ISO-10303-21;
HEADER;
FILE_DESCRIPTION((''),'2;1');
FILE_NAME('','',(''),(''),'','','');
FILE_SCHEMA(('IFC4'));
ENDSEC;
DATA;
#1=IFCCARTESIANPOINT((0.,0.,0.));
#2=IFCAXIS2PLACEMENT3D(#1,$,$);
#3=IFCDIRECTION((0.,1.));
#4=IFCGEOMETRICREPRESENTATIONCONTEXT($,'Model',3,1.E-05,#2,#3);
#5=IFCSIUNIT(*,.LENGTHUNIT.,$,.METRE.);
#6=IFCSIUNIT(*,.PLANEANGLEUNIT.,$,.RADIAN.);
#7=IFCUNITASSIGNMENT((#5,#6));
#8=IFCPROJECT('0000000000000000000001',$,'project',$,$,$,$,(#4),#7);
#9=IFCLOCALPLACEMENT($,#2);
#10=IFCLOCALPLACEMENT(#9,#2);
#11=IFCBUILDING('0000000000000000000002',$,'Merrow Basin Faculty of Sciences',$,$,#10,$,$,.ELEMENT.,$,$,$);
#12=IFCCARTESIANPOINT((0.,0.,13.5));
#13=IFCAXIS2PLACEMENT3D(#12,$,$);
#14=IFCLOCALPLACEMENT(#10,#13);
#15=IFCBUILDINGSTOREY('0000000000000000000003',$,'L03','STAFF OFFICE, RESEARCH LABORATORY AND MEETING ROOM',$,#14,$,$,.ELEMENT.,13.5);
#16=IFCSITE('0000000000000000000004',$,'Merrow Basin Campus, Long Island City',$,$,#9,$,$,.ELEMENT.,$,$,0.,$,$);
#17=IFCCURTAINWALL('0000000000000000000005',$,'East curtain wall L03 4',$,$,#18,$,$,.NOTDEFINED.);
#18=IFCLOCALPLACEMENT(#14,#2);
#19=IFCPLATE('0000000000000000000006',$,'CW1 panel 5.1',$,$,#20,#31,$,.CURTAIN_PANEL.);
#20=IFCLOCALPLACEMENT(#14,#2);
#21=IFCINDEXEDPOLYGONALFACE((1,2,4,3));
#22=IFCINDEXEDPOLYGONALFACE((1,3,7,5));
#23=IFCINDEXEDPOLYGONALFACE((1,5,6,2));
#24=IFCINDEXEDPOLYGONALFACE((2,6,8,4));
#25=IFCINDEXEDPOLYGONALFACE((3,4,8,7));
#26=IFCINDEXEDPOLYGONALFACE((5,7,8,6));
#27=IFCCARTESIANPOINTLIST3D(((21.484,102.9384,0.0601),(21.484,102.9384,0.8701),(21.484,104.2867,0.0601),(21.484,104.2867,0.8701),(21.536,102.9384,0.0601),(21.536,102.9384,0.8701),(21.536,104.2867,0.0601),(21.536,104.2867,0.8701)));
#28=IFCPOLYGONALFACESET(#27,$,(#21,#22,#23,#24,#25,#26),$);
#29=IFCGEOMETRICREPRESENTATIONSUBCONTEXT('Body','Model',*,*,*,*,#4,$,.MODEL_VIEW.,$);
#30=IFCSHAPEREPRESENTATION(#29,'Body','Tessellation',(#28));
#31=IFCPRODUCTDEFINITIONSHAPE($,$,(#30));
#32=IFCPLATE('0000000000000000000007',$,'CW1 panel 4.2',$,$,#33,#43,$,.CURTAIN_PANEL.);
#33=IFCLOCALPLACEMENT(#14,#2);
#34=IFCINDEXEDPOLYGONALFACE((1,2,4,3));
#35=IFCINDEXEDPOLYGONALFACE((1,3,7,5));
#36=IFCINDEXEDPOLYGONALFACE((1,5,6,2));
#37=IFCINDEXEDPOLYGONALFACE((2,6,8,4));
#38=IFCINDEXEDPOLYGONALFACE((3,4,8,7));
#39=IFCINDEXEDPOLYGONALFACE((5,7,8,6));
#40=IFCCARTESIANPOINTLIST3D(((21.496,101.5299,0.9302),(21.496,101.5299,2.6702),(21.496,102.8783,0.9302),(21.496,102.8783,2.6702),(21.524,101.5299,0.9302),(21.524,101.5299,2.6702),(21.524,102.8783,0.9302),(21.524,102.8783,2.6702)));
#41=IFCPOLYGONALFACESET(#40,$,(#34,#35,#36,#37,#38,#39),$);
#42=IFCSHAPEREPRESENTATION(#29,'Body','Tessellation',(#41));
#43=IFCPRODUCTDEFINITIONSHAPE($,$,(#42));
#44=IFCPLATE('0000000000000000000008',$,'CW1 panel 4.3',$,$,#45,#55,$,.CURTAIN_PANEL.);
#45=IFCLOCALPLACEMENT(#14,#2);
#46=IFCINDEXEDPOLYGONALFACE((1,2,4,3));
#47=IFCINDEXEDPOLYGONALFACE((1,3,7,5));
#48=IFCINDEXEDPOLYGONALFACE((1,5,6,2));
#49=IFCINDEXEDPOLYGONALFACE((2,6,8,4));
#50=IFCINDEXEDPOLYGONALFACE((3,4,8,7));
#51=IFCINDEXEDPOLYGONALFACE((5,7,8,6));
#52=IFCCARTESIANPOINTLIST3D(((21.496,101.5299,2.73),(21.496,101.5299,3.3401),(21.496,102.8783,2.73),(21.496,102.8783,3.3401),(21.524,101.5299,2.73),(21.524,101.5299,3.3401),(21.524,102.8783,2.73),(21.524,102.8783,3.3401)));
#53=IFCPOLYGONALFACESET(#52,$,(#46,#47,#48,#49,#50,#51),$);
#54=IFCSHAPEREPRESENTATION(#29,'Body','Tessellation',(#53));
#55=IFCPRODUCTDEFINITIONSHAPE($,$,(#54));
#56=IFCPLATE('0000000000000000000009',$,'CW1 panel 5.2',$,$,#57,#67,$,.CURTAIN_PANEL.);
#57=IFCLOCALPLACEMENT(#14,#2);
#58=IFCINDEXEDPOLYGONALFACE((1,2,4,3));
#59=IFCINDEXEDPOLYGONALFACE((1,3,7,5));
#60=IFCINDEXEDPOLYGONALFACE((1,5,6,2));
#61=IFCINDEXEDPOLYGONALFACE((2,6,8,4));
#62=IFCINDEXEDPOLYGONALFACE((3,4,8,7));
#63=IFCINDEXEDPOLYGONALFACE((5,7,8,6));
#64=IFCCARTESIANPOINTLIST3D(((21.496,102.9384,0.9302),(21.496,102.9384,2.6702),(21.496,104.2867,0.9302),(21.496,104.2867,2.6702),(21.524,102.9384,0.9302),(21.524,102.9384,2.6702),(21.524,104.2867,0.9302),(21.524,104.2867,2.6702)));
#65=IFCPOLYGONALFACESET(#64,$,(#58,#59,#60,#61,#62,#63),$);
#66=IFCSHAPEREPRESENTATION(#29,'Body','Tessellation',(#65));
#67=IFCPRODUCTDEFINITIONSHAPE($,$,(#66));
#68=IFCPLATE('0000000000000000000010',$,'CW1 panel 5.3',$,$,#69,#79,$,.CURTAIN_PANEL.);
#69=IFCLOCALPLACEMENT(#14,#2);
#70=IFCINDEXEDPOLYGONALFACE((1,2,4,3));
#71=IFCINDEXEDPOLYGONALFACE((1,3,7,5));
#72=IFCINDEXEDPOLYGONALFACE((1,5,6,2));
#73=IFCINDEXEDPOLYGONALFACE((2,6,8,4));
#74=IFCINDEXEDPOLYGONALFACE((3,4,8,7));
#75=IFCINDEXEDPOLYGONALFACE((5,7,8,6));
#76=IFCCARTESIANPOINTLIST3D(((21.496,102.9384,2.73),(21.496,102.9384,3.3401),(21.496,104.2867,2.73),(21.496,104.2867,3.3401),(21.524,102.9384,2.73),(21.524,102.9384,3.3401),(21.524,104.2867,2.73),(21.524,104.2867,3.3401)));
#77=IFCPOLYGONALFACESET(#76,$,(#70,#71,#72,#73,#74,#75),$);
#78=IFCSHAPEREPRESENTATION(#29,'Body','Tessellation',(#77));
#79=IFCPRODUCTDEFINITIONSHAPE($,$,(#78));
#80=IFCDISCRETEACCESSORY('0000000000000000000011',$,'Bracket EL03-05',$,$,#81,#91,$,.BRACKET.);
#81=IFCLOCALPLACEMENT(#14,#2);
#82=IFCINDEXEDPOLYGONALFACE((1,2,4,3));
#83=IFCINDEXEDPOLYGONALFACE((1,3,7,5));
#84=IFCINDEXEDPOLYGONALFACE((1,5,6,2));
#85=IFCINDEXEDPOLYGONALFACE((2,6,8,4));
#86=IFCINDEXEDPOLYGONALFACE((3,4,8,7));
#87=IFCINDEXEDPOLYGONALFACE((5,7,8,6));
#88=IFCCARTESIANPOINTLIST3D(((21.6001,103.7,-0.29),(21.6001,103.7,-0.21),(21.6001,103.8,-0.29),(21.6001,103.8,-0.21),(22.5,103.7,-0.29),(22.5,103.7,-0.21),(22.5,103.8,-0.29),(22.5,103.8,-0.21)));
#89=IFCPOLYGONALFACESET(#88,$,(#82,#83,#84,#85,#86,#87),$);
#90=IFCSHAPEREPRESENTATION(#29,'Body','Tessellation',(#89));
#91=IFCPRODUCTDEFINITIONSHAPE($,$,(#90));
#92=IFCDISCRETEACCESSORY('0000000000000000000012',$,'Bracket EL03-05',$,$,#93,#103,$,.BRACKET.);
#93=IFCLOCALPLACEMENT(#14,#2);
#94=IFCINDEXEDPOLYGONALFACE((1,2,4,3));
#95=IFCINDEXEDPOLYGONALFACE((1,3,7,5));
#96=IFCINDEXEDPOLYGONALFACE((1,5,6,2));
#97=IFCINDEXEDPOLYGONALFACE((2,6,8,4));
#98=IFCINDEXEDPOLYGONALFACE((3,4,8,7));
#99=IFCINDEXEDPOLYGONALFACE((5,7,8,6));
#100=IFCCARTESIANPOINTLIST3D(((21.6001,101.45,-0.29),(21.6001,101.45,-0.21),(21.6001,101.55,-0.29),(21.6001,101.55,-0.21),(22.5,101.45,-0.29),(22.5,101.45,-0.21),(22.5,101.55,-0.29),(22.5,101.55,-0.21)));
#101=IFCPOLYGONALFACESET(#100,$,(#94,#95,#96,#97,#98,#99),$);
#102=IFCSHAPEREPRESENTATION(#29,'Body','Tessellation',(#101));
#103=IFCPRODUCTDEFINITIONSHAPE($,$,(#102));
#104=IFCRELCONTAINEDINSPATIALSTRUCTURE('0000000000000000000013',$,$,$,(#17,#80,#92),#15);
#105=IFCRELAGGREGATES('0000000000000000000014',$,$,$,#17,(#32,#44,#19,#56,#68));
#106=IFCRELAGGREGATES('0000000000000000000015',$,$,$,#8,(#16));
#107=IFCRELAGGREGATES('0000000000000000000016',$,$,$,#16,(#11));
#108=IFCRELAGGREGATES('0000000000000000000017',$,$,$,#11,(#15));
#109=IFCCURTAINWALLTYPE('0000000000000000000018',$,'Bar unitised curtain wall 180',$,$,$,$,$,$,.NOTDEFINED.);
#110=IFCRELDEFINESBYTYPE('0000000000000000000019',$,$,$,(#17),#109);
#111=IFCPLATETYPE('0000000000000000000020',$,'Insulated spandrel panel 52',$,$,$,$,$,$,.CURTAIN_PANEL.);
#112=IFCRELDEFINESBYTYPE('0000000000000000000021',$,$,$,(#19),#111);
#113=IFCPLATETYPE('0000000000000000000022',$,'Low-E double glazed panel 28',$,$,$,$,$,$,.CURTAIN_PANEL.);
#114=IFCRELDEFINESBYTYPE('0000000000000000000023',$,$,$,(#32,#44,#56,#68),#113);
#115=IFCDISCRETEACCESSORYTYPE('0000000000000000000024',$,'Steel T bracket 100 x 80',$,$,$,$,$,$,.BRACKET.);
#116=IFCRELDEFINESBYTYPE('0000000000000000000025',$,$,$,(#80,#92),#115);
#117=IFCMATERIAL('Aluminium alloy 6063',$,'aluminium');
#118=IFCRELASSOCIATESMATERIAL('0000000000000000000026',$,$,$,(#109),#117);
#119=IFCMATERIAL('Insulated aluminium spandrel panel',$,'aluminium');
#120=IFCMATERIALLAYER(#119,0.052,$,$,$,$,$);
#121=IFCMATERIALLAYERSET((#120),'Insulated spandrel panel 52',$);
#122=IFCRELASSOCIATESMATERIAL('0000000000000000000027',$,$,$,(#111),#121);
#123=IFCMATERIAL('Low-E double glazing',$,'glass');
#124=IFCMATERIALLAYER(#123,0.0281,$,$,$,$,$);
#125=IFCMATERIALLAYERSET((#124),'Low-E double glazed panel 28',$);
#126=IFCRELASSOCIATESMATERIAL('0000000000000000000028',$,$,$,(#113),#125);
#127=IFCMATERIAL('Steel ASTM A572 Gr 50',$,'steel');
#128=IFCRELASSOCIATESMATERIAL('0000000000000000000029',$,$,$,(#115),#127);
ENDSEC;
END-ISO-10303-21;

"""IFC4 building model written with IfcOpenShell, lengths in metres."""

from ifc_helpers import new_model, si_unit, direction, frame, origin, origin_2d, place, context, subcontext, project, spatial, polyline, rectangle, outline, extrude, source, transform, mapped, material, layer, layer_set, type_object, element, aggregate, save


model = new_model("IFC4")

# Units and contexts
model_context = context("Model", 3, precision=1e-05, world=origin(), true_north=direction((0.0, 1.0)))
body_context = subcontext(model_context, "Body", "Model", "MODEL_VIEW")
ifc_project = project(units=[si_unit("LENGTHUNIT", "METRE"), si_unit("PLANEANGLEUNIT", "RADIAN")], contexts=[model_context])

# Site, building, storey
site_placement = place(None, origin())
site = spatial("IfcSite", under=ifc_project, at=site_placement, Name="Merrow Basin Campus, Long Island City", CompositionType="ELEMENT", RefElevation=0.0)
building_placement = place(site_placement, origin())
building = spatial("IfcBuilding", under=site, at=building_placement, Name="Merrow Basin Faculty of Sciences", CompositionType="ELEMENT")
storey_placement = place(building_placement, frame((0.0, 0.0, 13.5)))
storey = spatial("IfcBuildingStorey", under=building, at=storey_placement, Name="L03", Description="STAFF OFFICE, RESEARCH LABORATORY AND MEETING ROOM", CompositionType="ELEMENT", Elevation=13.5)

# Curtain wall, plates
ifc_material_1 = material(Name="Aluminium alloy 6063", Category="aluminium")
curtain_wall_type = type_object("IfcCurtainWallType", Name="Bar unitised curtain wall 180", PredefinedType="NOTDEFINED", material=ifc_material_1)
curtain_wall_placement = place(storey_placement, origin())
curtain_wall = element("IfcCurtainWall", 1, at=curtain_wall_placement, inside=storey, type_object=curtain_wall_type, Name="East curtain wall L03 4", PredefinedType="NOTDEFINED")
ifc_material_2 = material(Name="Insulated aluminium spandrel panel", Category="aluminium")
ifc_layer_1 = layer(ifc_material_2, 0.052)
ifc_layer_set_1 = layer_set([ifc_layer_1], Name="Insulated spandrel panel 52")
plate_type_1 = type_object("IfcPlateType", Name="Insulated spandrel panel 52", PredefinedType="CURTAIN_PANEL", material=ifc_layer_set_1)
plate_1_placement = place(storey_placement, frame((21.51, 103.6125, 0.0601), z_axis=(0.0, 0.0, 1.0), x_axis=(0.0, 1.0, 0.0)))
plate_1 = element("IfcPlate", 2, at=plate_1_placement, type_object=plate_type_1, Name="CW1 panel 5.1", PredefinedType="CURTAIN_PANEL", context=body_context, shape_type="SweptSolid", body=[
    extrude(rectangle(XDim=1.3484, YDim=0.052, at=origin_2d()), origin(), (0.0, 0.0, 1.0), 0.8101),
])
ifc_material_3 = material(Name="Low-E double glazing", Category="glass")
ifc_layer_2 = layer(ifc_material_3, 0.0281)
ifc_layer_set_2 = layer_set([ifc_layer_2], Name="Low-E double glazed panel 28")
plate_type_2 = type_object("IfcPlateType", Name="Low-E double glazed panel 28", PredefinedType="CURTAIN_PANEL", material=ifc_layer_set_2)
plate_2_placement = place(storey_placement, frame((21.51, 102.2041, 0.9302), z_axis=(0.0, 0.0, 1.0), x_axis=(0.0, 1.0, 0.0)))
plate_2 = element("IfcPlate", 3, at=plate_2_placement, type_object=plate_type_2, Name="CW1 panel 4.2", PredefinedType="CURTAIN_PANEL", context=body_context, shape_type="SweptSolid", body=[
    extrude(rectangle(XDim=1.3484, YDim=0.0281, at=origin_2d()), origin(), (0.0, 0.0, 1.0), 1.74),
])
plate_3_placement = place(storey_placement, frame((21.51, 102.2041, 2.73), z_axis=(0.0, 0.0, 1.0), x_axis=(0.0, 1.0, 0.0)))
plate_3 = element("IfcPlate", 4, at=plate_3_placement, type_object=plate_type_2, Name="CW1 panel 4.3", PredefinedType="CURTAIN_PANEL", context=body_context, shape_type="SweptSolid", body=[
    extrude(rectangle(XDim=1.3484, YDim=0.0281, at=origin_2d()), origin(), (0.0, 0.0, 1.0), 0.6101),
])
plate_4_placement = place(storey_placement, frame((21.51, 103.6125, 0.9302), z_axis=(0.0, 0.0, 1.0), x_axis=(0.0, 1.0, 0.0)))
plate_4 = element("IfcPlate", 5, at=plate_4_placement, type_object=plate_type_2, Name="CW1 panel 5.2", PredefinedType="CURTAIN_PANEL", context=body_context, shape_type="SweptSolid", body=[
    extrude(rectangle(XDim=1.3484, YDim=0.0281, at=origin_2d()), origin(), (0.0, 0.0, 1.0), 1.74),
])
plate_5_placement = place(storey_placement, frame((21.51, 103.6125, 2.73), z_axis=(0.0, 0.0, 1.0), x_axis=(0.0, 1.0, 0.0)))
plate_5 = element("IfcPlate", 6, at=plate_5_placement, type_object=plate_type_2, Name="CW1 panel 5.3", PredefinedType="CURTAIN_PANEL", context=body_context, shape_type="SweptSolid", body=[
    extrude(rectangle(XDim=1.3484, YDim=0.0281, at=origin_2d()), origin(), (0.0, 0.0, 1.0), 0.6101),
])
aggregate(curtain_wall, [plate_2, plate_3, plate_1, plate_4, plate_5])

# Discrete accessories
ifc_material_4 = material(Name="Steel ASTM A572 Gr 50", Category="steel")
discrete_accessory_type = type_object("IfcDiscreteAccessoryType", Name="Steel T bracket 100 x 80", PredefinedType="BRACKET", material=ifc_material_4)
shared_shape = source(origin(), body_context, "Body", "SweptSolid", [
    extrude(outline(polyline([(0.0, 0.0), (0.1001, 0.0), (0.1001, 0.0801), (0.0, 0.0801), (0.0, 0.0)])), origin(), (0.0, 0.0, 1.0), 0.8999),
])
for number, where, z_axis, x_axis, name in (
    (7, (22.5, 103.8, -0.29), (-1.0, 0.0, 0.0), (0.0, -1.0, 0.0), "Bracket EL03-05"),
    (8, (22.5, 101.55, -0.29), (-1.0, 0.0, 0.0), (0.0, -1.0, 0.0), "Bracket EL03-05"),
):
    element("IfcDiscreteAccessory", number, at=place(storey_placement, frame(where, z_axis=z_axis, x_axis=x_axis)), inside=storey, type_object=discrete_accessory_type, Name=name, PredefinedType="BRACKET", context=body_context, shape_type="MappedRepresentation", body=[
        mapped(shared_shape, transform((0.0, 0.0, 0.0), scale=1.0)),
    ])

save(model, "model.ifc")
